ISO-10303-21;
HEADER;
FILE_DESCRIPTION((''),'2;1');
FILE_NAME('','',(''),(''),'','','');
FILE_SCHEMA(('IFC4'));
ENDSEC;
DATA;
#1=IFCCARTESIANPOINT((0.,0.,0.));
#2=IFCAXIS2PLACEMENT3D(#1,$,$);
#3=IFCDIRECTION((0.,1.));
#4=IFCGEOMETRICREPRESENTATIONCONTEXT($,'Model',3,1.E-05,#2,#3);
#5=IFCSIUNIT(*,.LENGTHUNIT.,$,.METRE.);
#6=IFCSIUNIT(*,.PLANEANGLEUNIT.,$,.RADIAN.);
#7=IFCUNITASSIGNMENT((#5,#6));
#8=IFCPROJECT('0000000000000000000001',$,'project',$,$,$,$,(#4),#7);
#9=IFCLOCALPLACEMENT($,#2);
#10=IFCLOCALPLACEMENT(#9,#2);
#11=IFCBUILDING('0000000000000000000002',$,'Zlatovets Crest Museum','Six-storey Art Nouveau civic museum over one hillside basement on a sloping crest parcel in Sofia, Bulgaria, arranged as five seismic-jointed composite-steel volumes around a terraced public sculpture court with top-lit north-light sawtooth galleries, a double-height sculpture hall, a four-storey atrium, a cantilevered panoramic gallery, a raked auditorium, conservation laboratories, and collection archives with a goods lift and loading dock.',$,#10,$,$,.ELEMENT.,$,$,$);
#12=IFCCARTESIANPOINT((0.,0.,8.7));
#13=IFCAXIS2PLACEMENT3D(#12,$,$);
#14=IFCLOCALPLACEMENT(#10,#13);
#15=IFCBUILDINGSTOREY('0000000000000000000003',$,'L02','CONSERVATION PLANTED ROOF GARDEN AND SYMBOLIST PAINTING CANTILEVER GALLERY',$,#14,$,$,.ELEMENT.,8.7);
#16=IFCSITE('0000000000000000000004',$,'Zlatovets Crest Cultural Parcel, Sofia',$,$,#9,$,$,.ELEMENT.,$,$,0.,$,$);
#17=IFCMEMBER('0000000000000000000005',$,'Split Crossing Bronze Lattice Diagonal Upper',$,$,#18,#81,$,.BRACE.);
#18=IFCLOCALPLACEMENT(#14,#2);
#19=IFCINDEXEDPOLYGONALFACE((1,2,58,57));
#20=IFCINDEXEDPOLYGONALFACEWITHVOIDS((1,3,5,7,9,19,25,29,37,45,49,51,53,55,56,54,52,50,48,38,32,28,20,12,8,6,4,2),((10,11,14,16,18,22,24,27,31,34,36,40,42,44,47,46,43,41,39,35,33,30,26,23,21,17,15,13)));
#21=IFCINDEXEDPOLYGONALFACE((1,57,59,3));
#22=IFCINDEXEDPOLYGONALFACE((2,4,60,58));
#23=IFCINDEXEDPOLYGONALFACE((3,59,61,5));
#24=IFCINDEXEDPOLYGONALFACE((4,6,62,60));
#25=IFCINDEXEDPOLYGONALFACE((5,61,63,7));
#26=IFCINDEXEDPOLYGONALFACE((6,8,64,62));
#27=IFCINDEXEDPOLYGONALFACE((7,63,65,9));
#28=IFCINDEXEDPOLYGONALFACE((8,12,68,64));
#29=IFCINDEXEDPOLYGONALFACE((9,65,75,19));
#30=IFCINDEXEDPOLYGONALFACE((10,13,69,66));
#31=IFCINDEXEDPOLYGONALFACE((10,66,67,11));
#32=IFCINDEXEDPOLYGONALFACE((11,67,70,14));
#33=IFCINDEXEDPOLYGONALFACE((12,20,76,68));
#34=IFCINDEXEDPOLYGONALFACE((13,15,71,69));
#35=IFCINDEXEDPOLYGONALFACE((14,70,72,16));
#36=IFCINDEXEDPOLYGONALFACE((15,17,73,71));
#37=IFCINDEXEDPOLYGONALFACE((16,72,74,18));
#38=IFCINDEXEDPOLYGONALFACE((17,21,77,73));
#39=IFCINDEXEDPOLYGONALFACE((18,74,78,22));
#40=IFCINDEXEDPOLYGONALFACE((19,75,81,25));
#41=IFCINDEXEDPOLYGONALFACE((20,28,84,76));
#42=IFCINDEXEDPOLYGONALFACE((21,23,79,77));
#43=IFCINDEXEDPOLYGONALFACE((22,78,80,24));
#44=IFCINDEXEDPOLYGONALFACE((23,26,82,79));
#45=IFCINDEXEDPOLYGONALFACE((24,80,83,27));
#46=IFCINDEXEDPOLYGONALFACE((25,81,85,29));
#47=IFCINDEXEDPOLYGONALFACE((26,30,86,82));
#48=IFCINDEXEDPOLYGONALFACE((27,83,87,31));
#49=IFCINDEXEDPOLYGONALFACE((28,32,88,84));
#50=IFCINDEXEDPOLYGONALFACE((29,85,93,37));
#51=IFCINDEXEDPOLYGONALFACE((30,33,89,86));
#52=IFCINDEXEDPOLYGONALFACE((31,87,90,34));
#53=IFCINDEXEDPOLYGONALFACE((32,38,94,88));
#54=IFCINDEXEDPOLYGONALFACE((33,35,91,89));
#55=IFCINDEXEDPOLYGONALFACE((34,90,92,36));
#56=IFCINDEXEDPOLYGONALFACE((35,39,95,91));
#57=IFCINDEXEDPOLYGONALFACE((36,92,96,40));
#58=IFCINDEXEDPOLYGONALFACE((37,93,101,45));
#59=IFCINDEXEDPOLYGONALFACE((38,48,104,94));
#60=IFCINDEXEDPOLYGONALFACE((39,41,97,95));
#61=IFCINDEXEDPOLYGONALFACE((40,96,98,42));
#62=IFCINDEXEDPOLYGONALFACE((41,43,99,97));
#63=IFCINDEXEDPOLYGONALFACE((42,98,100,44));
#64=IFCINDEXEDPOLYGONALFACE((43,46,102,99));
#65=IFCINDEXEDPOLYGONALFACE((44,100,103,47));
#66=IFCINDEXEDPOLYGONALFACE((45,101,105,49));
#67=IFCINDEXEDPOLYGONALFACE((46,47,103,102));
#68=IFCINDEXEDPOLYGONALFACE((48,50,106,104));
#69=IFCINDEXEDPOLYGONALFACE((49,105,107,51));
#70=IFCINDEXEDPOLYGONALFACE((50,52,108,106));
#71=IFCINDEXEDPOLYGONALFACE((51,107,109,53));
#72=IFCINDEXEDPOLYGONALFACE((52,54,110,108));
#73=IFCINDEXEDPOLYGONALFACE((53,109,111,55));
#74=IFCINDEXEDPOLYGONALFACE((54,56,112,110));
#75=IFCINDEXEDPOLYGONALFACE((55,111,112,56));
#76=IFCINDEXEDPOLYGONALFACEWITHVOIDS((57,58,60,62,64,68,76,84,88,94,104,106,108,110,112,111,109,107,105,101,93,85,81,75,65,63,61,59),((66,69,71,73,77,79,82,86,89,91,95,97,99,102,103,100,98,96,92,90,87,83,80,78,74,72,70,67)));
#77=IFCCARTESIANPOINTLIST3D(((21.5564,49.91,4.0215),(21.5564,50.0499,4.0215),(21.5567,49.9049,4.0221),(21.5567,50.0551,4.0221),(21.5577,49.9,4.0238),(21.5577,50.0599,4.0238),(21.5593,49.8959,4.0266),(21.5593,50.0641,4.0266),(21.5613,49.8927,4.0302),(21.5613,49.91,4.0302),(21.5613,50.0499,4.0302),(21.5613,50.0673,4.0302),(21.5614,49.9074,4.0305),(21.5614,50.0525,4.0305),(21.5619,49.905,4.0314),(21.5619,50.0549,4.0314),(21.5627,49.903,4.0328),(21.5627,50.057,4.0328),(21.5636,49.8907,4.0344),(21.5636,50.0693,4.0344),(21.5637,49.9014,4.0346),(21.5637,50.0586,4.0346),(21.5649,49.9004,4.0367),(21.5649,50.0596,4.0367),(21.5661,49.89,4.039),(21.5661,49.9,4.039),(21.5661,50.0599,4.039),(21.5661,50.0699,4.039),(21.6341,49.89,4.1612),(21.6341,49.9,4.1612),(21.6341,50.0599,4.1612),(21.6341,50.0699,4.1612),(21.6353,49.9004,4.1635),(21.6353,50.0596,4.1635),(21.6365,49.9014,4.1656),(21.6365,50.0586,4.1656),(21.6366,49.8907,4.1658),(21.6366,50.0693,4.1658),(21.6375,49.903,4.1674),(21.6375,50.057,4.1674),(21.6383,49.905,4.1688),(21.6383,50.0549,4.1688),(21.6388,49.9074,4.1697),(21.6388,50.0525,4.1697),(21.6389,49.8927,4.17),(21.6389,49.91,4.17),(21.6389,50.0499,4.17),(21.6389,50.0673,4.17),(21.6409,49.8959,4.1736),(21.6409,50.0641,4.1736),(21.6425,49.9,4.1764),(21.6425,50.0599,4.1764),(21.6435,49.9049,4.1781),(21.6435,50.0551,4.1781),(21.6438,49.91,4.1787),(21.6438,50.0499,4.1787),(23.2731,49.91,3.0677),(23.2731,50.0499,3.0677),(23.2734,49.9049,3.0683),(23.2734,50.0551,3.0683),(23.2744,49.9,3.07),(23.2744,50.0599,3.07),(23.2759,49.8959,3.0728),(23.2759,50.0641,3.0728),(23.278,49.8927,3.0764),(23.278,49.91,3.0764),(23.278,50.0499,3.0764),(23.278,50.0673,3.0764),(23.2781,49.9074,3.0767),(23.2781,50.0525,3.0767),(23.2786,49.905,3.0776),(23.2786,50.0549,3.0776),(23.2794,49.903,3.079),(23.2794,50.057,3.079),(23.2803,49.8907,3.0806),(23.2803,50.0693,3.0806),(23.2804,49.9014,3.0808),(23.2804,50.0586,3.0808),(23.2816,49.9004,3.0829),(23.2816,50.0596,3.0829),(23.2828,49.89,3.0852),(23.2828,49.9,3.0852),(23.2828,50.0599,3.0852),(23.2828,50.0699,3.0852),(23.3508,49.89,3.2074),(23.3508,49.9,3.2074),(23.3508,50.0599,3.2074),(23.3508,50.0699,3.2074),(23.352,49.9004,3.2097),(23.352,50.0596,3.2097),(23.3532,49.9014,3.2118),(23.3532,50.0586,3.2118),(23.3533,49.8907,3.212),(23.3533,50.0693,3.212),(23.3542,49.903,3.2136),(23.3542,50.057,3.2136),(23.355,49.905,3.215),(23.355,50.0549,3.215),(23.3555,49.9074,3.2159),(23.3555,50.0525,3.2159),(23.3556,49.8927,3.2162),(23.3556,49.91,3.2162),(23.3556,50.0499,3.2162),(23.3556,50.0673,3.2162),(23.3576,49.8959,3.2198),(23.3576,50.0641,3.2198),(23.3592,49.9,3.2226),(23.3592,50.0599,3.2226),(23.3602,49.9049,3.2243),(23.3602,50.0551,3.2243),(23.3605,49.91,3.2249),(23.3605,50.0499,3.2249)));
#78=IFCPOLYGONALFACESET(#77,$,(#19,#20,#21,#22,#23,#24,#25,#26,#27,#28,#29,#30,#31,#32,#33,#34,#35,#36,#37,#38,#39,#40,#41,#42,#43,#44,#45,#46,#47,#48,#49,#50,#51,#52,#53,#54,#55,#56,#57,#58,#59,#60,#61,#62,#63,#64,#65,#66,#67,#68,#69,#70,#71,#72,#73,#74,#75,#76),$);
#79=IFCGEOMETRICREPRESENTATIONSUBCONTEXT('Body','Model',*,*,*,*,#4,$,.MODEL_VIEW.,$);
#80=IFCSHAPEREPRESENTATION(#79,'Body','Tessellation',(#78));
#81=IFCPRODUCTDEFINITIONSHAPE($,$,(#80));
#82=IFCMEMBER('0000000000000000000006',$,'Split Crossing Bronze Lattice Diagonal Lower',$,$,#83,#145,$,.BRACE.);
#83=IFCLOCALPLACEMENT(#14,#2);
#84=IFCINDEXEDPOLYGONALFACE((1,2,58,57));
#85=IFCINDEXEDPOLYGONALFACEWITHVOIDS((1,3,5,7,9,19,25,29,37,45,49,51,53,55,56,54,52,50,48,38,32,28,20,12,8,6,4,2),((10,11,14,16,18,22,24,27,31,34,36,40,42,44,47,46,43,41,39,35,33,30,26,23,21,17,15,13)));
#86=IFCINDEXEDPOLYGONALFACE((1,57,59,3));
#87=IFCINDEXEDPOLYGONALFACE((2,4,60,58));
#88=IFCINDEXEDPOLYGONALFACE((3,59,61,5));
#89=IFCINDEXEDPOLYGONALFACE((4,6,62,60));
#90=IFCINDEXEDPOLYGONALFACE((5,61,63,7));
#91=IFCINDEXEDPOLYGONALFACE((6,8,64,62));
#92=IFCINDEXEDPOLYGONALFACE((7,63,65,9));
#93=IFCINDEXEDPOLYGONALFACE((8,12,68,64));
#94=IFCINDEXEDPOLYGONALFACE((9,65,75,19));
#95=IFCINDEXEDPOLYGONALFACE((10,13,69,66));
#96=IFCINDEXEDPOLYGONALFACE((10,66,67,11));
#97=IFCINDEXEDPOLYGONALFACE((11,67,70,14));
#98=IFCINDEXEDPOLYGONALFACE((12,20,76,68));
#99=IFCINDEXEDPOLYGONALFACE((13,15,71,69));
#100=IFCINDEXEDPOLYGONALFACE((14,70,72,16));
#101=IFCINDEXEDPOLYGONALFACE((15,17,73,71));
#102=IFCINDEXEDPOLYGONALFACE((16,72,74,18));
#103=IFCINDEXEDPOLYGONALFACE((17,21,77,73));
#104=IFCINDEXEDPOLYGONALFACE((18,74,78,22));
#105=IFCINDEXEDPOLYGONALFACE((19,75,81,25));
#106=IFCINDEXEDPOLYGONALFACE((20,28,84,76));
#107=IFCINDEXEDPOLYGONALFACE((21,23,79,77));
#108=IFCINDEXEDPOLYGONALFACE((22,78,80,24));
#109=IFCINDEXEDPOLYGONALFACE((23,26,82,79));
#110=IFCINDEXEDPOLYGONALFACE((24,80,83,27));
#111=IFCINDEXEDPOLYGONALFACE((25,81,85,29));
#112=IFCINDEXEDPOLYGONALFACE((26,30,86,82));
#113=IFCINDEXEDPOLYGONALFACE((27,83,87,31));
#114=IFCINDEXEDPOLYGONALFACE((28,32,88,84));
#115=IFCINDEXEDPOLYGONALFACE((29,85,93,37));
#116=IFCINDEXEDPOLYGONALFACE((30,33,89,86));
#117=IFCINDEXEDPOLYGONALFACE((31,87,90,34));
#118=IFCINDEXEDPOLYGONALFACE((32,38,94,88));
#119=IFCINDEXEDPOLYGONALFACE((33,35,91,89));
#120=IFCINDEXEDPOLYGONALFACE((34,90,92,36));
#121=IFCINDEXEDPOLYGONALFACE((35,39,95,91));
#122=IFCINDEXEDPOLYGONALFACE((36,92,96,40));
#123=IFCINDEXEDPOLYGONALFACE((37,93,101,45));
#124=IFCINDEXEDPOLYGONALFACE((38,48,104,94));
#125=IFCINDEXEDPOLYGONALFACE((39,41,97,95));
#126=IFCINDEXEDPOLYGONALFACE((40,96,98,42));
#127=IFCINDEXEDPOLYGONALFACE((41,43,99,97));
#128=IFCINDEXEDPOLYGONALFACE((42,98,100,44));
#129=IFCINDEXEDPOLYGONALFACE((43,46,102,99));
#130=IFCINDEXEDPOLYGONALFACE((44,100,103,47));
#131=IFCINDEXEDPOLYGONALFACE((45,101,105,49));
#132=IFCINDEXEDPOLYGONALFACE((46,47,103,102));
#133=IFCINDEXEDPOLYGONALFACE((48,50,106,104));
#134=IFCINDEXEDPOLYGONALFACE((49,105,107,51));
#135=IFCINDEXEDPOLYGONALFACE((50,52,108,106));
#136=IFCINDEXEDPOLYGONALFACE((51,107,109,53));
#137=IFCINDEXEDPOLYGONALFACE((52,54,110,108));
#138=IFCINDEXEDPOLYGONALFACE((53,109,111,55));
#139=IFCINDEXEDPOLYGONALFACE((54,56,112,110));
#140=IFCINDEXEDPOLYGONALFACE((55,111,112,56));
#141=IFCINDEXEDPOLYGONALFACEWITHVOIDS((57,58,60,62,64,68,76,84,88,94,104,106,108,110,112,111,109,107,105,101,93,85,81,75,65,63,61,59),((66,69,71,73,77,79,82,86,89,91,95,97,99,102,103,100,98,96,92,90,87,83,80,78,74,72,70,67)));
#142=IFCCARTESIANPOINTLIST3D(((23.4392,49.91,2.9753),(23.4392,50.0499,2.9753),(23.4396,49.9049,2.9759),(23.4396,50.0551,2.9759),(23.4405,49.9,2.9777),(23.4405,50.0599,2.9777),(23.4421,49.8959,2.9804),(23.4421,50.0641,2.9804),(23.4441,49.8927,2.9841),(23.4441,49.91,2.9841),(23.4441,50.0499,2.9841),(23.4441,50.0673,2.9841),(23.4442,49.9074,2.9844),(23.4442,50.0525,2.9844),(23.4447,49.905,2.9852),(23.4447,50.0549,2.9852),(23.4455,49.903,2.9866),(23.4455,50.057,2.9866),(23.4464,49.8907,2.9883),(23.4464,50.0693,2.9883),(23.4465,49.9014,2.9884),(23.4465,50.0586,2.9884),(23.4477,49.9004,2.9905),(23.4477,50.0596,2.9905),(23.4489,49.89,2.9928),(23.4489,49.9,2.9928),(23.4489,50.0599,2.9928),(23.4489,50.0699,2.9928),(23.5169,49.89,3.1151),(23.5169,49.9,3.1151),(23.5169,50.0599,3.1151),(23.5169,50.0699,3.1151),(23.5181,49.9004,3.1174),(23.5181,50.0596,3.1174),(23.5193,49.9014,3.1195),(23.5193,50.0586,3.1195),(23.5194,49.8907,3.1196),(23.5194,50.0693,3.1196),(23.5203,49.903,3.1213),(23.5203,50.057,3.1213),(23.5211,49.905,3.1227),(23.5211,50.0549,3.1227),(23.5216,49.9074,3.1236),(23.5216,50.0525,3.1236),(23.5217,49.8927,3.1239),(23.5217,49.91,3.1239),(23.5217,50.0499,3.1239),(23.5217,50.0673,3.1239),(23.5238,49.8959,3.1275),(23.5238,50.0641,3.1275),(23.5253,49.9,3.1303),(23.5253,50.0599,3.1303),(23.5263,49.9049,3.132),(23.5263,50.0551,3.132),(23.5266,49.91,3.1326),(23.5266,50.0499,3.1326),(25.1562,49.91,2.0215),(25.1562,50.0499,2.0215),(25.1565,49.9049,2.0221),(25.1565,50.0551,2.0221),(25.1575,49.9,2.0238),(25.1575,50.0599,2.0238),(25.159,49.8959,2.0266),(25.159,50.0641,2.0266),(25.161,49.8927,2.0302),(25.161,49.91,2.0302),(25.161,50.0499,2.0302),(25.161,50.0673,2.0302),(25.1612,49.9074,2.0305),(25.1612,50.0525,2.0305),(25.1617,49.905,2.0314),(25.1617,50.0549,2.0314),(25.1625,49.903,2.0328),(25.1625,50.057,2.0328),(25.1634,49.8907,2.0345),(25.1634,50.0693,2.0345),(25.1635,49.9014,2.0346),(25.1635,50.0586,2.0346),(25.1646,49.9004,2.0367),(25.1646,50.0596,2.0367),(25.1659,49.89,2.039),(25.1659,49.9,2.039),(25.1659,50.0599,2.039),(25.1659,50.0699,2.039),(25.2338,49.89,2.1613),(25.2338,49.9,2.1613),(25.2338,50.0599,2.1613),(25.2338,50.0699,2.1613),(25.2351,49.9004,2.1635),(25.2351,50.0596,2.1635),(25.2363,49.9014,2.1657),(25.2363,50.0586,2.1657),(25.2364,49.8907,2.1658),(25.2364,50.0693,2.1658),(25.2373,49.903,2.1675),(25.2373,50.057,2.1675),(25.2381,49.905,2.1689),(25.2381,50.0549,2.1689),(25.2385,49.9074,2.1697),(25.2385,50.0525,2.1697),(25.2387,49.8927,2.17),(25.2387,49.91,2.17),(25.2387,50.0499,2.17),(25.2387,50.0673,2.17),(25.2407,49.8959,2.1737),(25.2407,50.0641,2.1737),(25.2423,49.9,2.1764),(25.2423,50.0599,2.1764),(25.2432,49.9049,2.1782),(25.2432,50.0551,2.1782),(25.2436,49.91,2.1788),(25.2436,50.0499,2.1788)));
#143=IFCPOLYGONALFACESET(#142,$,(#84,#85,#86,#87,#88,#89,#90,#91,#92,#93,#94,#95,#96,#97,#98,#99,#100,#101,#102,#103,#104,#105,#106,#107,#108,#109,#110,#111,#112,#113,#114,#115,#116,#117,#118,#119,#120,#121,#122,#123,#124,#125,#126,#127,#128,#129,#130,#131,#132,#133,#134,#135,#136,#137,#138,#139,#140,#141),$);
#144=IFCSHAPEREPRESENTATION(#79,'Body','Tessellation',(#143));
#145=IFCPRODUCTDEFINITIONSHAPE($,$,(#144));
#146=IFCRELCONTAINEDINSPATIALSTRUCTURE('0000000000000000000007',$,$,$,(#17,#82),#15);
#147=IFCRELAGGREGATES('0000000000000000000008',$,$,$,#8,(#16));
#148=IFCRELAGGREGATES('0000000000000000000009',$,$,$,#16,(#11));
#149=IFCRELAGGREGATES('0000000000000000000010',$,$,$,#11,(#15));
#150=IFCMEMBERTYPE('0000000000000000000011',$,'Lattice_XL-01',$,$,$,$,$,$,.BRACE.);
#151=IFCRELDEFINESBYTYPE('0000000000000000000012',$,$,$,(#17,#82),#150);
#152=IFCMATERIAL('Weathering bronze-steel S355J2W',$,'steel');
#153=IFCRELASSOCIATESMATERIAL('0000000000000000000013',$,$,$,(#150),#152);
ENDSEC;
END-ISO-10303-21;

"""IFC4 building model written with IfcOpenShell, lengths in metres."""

from ifc_helpers import new_model, si_unit, direction, frame, origin, origin_2d, place, context, subcontext, project, spatial, hollow_rectangle, extrude, material, material_profile, profile_set, type_object, element, save


model = new_model("IFC4")

# Units and contexts
model_context = context("Model", 3, precision=1e-05, world=origin(), true_north=direction((0.0, 1.0)))
body_context = subcontext(model_context, "Body", "Model", "MODEL_VIEW")
ifc_project = project(units=[si_unit("LENGTHUNIT", "METRE"), si_unit("PLANEANGLEUNIT", "RADIAN")], contexts=[model_context])

# Site, building, storey
site_placement = place(None, origin())
site = spatial("IfcSite", under=ifc_project, at=site_placement, Name="Zlatovets Crest Cultural Parcel, Sofia", CompositionType="ELEMENT", RefElevation=0.0)
building_placement = place(site_placement, origin())
building = spatial("IfcBuilding", under=site, at=building_placement, Name="Zlatovets Crest Museum", Description="Six-storey Art Nouveau civic museum over one hillside basement on a sloping crest parcel in Sofia, Bulgaria, arranged as five seismic-jointed composite-steel volumes around a terraced public sculpture court with top-lit north-light sawtooth galleries, a double-height sculpture hall, a four-storey atrium, a cantilevered panoramic gallery, a raked auditorium, conservation laboratories, and collection archives with a goods lift and loading dock.", CompositionType="ELEMENT")
storey_placement = place(building_placement, frame((0.0, 0.0, 8.7)))
storey = spatial("IfcBuildingStorey", under=building, at=storey_placement, Name="L02", Description="CONSERVATION PLANTED ROOF GARDEN AND SYMBOLIST PAINTING CANTILEVER GALLERY", CompositionType="ELEMENT", Elevation=8.7)

# Members
ifc_material_1 = material(Name="Weathering bronze-steel S355J2W", Category="steel")
ifc_material_profile_1 = material_profile(ifc_material_1, hollow_rectangle(XDim=0.1799, YDim=0.1799, WallThickness=0.01, InnerFilletRadius=0.01, OuterFilletRadius=0.02, at=origin_2d()), Name="SHS 180x180x10.0")
ifc_profile_set_1 = profile_set([ifc_material_profile_1], Name="Weathering bronze-steel S355J2W")
member_type_1 = type_object("IfcMemberType", Name="Lattice_XL-01", PredefinedType="BRACE", material=ifc_profile_set_1)
member_1_placement = place(storey_placement, frame((21.6001, 49.98, 4.1001), z_axis=(0.87414, 0.0, -0.485675), x_axis=(0.0, 1.0, 0.0)))
element("IfcMember", 1, at=member_1_placement, inside=storey, type_object=member_type_1, Name="Split Crossing Bronze Lattice Diagonal Upper", PredefinedType="BRACE", context=body_context, shape_type="SweptSolid", body=[
    extrude(hollow_rectangle(XDim=0.1799, YDim=0.1799, WallThickness=0.01, InnerFilletRadius=0.01, OuterFilletRadius=0.02, at=origin_2d()), origin(), (0.0, 0.0, 1.0), 1.9639),
])
member_2_placement = place(storey_placement, frame((23.4829, 49.98, 3.054), z_axis=(0.874169, 0.0, -0.485622), x_axis=(0.0, 1.0, 0.0)))
element("IfcMember", 2, at=member_2_placement, inside=storey, type_object=member_type_1, Name="Split Crossing Bronze Lattice Diagonal Lower", PredefinedType="BRACE", context=body_context, shape_type="SweptSolid", body=[
    extrude(hollow_rectangle(XDim=0.1799, YDim=0.1799, WallThickness=0.01, InnerFilletRadius=0.01, OuterFilletRadius=0.02, at=origin_2d()), origin(), (0.0, 0.0, 1.0), 1.9641),
])

save(model, "model.ifc")
